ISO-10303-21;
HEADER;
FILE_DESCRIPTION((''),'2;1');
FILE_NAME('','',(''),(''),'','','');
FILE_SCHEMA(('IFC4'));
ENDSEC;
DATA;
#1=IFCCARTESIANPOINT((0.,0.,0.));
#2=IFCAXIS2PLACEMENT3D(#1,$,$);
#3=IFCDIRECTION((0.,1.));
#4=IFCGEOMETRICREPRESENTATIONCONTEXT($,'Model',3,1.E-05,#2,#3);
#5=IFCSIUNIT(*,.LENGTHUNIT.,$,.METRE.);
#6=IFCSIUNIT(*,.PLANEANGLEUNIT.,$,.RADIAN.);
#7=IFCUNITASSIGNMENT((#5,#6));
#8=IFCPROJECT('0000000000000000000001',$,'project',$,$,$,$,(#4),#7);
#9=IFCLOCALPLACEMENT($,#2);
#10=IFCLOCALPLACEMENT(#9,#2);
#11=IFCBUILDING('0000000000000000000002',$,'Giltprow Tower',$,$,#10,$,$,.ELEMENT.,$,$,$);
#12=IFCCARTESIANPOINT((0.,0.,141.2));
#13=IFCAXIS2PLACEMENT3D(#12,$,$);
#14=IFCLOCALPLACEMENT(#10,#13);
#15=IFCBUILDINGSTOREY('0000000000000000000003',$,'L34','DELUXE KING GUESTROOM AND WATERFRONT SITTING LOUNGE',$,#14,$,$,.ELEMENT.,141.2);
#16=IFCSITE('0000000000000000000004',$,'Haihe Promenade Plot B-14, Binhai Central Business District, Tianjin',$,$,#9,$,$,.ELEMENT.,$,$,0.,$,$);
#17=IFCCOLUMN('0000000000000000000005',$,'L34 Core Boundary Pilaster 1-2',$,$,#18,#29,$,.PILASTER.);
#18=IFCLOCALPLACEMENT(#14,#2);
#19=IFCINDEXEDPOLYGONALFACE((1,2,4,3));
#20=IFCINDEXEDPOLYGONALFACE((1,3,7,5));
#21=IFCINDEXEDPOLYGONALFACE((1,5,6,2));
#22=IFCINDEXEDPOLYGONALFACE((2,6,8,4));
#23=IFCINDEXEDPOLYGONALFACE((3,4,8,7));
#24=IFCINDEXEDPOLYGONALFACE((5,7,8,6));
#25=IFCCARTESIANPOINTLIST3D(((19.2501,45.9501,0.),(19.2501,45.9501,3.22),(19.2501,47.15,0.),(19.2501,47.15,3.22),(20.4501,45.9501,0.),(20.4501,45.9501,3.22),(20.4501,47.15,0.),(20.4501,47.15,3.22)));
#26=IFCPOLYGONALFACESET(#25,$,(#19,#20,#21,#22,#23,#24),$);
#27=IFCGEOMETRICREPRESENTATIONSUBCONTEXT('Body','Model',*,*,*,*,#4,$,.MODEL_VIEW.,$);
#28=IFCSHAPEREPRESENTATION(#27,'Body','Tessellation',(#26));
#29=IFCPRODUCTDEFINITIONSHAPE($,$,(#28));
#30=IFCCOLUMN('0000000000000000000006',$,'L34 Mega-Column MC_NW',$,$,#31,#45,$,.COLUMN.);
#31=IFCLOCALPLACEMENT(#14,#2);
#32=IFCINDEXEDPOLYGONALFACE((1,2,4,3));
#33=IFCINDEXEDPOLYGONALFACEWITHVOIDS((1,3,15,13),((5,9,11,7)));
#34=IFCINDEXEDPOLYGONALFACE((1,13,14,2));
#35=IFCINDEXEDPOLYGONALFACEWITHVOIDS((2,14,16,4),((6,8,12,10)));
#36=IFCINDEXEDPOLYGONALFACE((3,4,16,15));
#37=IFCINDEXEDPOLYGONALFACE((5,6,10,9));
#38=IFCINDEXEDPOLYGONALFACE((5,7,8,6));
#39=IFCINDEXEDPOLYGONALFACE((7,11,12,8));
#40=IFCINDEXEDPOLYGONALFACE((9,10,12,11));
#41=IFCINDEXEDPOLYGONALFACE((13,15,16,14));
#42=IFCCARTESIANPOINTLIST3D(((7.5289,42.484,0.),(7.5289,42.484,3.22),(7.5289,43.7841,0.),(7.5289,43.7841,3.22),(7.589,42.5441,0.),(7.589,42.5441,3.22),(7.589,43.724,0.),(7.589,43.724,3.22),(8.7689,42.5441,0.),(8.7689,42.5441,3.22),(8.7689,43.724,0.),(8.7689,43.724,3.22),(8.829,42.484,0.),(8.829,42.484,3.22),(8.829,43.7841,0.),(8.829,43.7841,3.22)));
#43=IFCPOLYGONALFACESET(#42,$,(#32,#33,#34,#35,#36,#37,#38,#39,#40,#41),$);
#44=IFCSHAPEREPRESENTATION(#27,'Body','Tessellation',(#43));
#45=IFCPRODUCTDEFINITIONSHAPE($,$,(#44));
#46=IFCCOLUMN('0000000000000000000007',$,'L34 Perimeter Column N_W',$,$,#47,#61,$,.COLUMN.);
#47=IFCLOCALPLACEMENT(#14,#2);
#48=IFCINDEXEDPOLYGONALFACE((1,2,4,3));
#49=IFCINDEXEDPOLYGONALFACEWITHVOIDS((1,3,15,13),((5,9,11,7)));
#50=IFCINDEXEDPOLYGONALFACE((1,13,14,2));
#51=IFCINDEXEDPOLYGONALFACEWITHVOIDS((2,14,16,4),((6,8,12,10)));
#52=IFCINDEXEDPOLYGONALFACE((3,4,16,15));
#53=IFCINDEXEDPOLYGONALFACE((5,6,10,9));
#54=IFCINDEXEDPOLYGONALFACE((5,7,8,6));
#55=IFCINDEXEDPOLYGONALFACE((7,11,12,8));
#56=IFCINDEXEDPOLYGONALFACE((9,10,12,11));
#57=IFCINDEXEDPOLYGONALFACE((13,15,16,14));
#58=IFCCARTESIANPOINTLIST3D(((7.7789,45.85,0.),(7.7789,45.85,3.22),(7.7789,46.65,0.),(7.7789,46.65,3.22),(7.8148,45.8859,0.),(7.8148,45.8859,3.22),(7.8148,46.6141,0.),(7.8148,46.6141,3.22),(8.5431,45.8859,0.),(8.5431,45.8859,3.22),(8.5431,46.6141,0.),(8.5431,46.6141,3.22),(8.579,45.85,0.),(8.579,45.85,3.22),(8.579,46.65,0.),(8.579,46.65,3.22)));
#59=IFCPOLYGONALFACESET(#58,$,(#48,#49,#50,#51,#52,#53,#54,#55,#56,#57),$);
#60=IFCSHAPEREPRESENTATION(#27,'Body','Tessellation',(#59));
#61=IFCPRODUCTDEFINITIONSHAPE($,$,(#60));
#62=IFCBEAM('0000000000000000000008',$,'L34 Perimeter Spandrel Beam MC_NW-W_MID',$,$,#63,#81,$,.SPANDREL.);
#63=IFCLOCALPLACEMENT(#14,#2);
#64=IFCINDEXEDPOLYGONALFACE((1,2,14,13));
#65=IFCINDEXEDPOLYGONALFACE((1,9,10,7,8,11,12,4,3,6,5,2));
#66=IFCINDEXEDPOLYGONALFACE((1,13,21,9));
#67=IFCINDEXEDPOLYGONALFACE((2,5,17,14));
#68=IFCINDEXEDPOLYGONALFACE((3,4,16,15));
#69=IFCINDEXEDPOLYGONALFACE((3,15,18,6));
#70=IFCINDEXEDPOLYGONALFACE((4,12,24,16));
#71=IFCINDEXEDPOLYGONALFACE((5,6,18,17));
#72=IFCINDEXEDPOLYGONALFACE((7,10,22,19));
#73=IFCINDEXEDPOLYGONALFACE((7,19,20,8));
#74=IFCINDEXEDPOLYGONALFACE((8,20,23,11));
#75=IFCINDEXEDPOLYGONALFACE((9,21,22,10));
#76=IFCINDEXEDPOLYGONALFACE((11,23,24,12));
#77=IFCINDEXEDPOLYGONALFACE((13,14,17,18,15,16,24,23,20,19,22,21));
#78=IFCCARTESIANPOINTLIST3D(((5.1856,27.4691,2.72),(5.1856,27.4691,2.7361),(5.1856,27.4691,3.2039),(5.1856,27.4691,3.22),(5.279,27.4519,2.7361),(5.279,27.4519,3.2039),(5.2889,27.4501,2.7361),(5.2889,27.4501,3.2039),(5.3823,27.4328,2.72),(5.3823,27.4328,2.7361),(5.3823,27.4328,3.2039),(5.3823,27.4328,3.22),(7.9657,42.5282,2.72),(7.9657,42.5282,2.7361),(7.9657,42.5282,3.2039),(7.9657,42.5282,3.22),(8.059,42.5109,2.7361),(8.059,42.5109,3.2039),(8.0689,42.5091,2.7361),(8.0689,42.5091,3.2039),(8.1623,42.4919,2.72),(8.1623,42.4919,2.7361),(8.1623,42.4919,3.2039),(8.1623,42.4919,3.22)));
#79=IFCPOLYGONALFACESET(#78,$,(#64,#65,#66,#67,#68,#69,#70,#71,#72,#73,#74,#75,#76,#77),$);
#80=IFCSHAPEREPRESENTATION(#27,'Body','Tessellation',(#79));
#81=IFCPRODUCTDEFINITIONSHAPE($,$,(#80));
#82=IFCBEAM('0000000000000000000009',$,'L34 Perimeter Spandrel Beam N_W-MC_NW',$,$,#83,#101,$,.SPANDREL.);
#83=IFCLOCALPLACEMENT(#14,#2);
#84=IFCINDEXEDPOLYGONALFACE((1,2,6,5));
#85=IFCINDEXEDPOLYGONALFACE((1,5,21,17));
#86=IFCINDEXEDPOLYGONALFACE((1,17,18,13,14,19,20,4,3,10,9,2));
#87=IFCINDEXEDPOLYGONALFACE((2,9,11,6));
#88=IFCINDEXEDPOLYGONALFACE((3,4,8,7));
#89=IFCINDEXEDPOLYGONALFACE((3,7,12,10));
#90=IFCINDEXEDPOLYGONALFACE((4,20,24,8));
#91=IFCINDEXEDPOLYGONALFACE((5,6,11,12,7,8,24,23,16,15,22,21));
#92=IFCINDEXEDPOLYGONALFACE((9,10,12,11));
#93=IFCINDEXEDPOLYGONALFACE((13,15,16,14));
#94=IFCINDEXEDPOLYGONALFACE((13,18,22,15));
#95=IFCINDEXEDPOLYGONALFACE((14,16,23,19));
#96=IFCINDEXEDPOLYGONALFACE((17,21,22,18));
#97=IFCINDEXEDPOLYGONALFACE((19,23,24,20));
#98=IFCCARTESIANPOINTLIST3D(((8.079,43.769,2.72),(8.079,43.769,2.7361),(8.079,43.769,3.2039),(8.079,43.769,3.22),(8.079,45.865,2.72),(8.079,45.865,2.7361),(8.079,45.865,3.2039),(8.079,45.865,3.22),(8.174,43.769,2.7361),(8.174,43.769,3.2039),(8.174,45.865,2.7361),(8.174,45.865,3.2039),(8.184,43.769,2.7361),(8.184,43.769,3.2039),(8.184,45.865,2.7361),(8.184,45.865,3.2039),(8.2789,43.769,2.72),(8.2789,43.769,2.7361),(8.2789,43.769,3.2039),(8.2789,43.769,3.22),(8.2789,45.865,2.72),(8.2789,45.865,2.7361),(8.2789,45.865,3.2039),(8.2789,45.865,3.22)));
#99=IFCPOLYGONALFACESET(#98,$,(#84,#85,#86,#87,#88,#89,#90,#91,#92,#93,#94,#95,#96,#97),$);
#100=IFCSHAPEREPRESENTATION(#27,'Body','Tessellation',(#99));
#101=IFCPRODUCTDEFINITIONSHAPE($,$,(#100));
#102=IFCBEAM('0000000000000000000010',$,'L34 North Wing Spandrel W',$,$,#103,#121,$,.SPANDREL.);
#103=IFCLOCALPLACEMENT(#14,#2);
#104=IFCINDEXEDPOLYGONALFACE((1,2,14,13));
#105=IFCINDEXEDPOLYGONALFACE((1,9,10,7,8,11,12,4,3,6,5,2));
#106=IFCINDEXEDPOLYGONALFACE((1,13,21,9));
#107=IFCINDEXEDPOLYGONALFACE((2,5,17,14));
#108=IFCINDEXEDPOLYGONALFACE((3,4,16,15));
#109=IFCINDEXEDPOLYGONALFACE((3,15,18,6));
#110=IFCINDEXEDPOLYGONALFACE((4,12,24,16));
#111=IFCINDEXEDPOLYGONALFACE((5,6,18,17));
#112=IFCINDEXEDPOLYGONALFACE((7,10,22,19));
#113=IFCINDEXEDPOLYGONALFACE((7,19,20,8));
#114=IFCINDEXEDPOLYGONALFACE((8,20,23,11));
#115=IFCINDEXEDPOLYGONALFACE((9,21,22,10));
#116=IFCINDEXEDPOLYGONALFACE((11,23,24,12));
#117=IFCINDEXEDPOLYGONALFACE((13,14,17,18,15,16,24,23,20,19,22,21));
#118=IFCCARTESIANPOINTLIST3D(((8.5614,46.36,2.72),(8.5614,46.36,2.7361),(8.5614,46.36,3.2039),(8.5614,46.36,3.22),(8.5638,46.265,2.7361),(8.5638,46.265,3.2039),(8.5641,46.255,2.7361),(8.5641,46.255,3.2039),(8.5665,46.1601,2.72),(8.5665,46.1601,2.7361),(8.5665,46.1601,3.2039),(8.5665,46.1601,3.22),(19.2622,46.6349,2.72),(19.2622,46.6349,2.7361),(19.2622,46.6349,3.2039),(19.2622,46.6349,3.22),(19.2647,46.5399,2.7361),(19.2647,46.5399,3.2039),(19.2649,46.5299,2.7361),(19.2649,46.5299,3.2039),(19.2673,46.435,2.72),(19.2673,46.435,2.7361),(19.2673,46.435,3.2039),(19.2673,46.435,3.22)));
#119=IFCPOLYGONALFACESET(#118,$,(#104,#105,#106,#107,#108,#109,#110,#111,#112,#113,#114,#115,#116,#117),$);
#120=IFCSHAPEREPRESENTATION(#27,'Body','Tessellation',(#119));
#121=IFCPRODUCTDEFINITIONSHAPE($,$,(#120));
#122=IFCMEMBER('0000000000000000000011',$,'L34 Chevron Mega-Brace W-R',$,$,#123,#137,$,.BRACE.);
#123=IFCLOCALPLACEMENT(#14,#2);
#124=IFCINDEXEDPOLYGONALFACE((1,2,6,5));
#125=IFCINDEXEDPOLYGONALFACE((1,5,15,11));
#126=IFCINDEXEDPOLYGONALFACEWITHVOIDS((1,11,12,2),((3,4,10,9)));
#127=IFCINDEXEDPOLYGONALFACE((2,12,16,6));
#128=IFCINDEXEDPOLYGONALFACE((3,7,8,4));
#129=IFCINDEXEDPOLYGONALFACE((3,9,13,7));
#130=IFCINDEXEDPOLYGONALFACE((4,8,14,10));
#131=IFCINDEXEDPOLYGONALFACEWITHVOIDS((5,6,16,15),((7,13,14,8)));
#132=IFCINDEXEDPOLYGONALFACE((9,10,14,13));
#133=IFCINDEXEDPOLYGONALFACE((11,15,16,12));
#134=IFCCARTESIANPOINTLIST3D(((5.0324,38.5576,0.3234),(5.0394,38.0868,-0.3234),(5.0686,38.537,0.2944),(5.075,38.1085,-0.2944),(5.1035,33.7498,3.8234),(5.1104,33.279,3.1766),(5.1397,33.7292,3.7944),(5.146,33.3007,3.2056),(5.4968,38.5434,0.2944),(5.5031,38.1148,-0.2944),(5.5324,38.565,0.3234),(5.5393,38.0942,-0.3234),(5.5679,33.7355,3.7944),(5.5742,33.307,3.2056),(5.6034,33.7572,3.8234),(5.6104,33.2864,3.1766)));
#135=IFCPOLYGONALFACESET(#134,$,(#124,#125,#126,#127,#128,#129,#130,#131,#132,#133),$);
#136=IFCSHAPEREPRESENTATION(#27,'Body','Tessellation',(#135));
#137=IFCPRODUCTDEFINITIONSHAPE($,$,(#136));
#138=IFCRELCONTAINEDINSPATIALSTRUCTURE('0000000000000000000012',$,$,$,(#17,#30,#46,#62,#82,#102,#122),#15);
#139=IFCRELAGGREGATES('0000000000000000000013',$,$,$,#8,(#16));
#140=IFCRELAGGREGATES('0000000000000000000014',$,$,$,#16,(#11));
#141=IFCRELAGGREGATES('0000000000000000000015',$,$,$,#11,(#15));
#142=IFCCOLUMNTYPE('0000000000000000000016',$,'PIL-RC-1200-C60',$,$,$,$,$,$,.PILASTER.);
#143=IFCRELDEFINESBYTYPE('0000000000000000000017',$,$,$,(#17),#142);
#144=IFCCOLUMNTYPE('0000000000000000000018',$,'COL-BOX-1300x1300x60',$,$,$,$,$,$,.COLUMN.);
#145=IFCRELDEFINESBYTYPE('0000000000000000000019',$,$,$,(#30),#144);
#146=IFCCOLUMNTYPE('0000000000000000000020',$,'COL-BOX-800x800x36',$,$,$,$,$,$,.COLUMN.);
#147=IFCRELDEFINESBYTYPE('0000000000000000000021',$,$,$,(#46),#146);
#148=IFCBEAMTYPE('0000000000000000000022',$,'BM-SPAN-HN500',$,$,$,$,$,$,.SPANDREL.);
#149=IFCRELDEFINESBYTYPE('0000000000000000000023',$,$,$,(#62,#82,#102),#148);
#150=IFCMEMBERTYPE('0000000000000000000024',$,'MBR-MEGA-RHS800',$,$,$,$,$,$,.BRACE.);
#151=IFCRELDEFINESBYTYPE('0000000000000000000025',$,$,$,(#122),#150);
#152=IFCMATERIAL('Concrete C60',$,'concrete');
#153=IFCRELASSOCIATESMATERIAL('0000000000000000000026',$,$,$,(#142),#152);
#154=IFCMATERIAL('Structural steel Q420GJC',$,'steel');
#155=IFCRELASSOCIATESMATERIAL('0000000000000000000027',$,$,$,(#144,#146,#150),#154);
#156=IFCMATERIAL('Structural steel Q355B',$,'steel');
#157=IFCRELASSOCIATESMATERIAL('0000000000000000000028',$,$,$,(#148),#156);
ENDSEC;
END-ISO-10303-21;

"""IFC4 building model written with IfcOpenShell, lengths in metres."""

from ifc_helpers import new_model, si_unit, direction, frame, origin, origin_2d, place, context, subcontext, project, spatial, rectangle, hollow_rectangle, i_section, extrude, source, transform, mapped, material, material_profile, profile_set, type_object, element, save


model = new_model("IFC4")

# Units and contexts
model_context = context("Model", 3, precision=1e-05, world=origin(), true_north=direction((0.0, 1.0)))
body_context = subcontext(model_context, "Body", "Model", "MODEL_VIEW")
ifc_project = project(units=[si_unit("LENGTHUNIT", "METRE"), si_unit("PLANEANGLEUNIT", "RADIAN")], contexts=[model_context])

# Site, building, storey
site_placement = place(None, origin())
site = spatial("IfcSite", under=ifc_project, at=site_placement, Name="Haihe Promenade Plot B-14, Binhai Central Business District, Tianjin", CompositionType="ELEMENT", RefElevation=0.0)
building_placement = place(site_placement, origin())
building = spatial("IfcBuilding", under=site, at=building_placement, Name="Giltprow Tower", CompositionType="ELEMENT")
storey_placement = place(building_placement, frame((0.0, 0.0, 141.2)))
storey = spatial("IfcBuildingStorey", under=building, at=storey_placement, Name="L34", Description="DELUXE KING GUESTROOM AND WATERFRONT SITTING LOUNGE", CompositionType="ELEMENT", Elevation=141.2)

# Columns
ifc_material_1 = material(Name="Concrete C60", Category="concrete")
ifc_material_profile_1 = material_profile(ifc_material_1, rectangle(XDim=1.2, YDim=1.2, at=origin_2d()), Name="RC 1200x1200")
ifc_profile_set_1 = profile_set([ifc_material_profile_1], Name="Concrete C60")
column_type_1 = type_object("IfcColumnType", Name="PIL-RC-1200-C60", PredefinedType="PILASTER", material=ifc_profile_set_1)
shared_shape_1 = source(origin(), body_context, "Body", "SweptSolid", [
    extrude(rectangle(XDim=1.2, YDim=1.2, at=origin_2d()), origin(), (0.0, 0.0, 1.0), 3.22),
])
column_1_placement = place(storey_placement, frame((19.8501, 46.55, 0.0), z_axis=(0.0, 0.0, 1.0), x_axis=(1.0, 0.0, 0.0)))
element("IfcColumn", 1, at=column_1_placement, inside=storey, type_object=column_type_1, Name="L34 Core Boundary Pilaster 1-2", PredefinedType="PILASTER", context=body_context, shape_type="MappedRepresentation", body=[
    mapped(shared_shape_1, transform((0.0, 0.0, 0.0), x_axis=(1.0, 0.0, 0.0), y_axis=(0.0, 1.0, 0.0), z_axis=(0.0, 0.0, 1.0), scale=1.0)),
])
ifc_material_2 = material(Name="Structural steel Q420GJC", Category="steel")
ifc_material_profile_2 = material_profile(ifc_material_2, hollow_rectangle(XDim=1.3, YDim=1.3, WallThickness=0.0601, at=origin_2d()), Name="BOX 1300x1300x60")
ifc_profile_set_2 = profile_set([ifc_material_profile_2], Name="Structural steel Q420GJC")
column_type_2 = type_object("IfcColumnType", Name="COL-BOX-1300x1300x60", PredefinedType="COLUMN", material=ifc_profile_set_2)
shared_shape_2 = source(origin(), body_context, "Body", "SweptSolid", [
    extrude(hollow_rectangle(XDim=1.3, YDim=1.3, WallThickness=0.0601, at=origin_2d()), origin(), (0.0, 0.0, 1.0), 3.22),
])
column_2_placement = place(storey_placement, frame((8.179, 43.134, 0.0), z_axis=(0.0, 0.0, 1.0), x_axis=(1.0, 0.0, 0.0)))
element("IfcColumn", 2, at=column_2_placement, inside=storey, type_object=column_type_2, Name="L34 Mega-Column MC_NW", PredefinedType="COLUMN", context=body_context, shape_type="MappedRepresentation", body=[
    mapped(shared_shape_2, transform((0.0, 0.0, 0.0), x_axis=(1.0, 0.0, 0.0), y_axis=(0.0, 1.0, 0.0), z_axis=(0.0, 0.0, 1.0), scale=1.0)),
])
ifc_material_profile_3 = material_profile(ifc_material_2, hollow_rectangle(XDim=0.8, YDim=0.8, WallThickness=0.0359, at=origin_2d()), Name="BOX 800x800x36")
ifc_profile_set_3 = profile_set([ifc_material_profile_3], Name="Structural steel Q420GJC")
column_type_3 = type_object("IfcColumnType", Name="COL-BOX-800x800x36", PredefinedType="COLUMN", material=ifc_profile_set_3)
shared_shape_3 = source(origin(), body_context, "Body", "SweptSolid", [
    extrude(hollow_rectangle(XDim=0.8, YDim=0.8, WallThickness=0.0359, at=origin_2d()), origin(), (0.0, 0.0, 1.0), 3.22),
])
column_3_placement = place(storey_placement, frame((8.179, 46.25, 0.0), z_axis=(0.0, 0.0, 1.0), x_axis=(1.0, 0.0, 0.0)))
element("IfcColumn", 3, at=column_3_placement, inside=storey, type_object=column_type_3, Name="L34 Perimeter Column N_W", PredefinedType="COLUMN", context=body_context, shape_type="MappedRepresentation", body=[
    mapped(shared_shape_3, transform((0.0, 0.0, 0.0), x_axis=(1.0, 0.0, 0.0), y_axis=(0.0, 1.0, 0.0), z_axis=(0.0, 0.0, 1.0), scale=1.0)),
])

# Beams
ifc_material_3 = material(Name="Structural steel Q355B", Category="steel")
ifc_material_profile_4 = material_profile(ifc_material_3, i_section(OverallWidth=0.2, OverallDepth=0.5, WebThickness=0.01, FlangeThickness=0.0161, at=origin_2d()), Name="HN 500x200x10x16")
ifc_profile_set_4 = profile_set([ifc_material_profile_4], Name="Structural steel Q355B")
beam_type = type_object("IfcBeamType", Name="BM-SPAN-HN500", PredefinedType="SPANDREL", material=ifc_profile_set_4)
shared_shape_4 = source(origin(), body_context, "Body", "SweptSolid", [
    extrude(i_section(OverallWidth=0.2, OverallDepth=0.5, WebThickness=0.01, FlangeThickness=0.0161, at=origin_2d()), origin(), (0.0, 0.0, 1.0), 15.3135),
])
beam_1_placement = place(storey_placement, frame((8.064, 42.51, 2.97), z_axis=(-0.181541, -0.983383, 0.0), x_axis=(0.983383, -0.181541, 0.0)))
element("IfcBeam", 4, at=beam_1_placement, inside=storey, type_object=beam_type, Name="L34 Perimeter Spandrel Beam MC_NW-W_MID", PredefinedType="SPANDREL", context=body_context, shape_type="MappedRepresentation", body=[
    mapped(shared_shape_4, transform((0.0, 0.0, 0.0), x_axis=(1.0, 0.0, 0.0), y_axis=(0.0, 1.0, 0.0), z_axis=(0.0, 0.0, 1.0), scale=1.0)),
])
shared_shape_5 = source(origin(), body_context, "Body", "SweptSolid", [
    extrude(i_section(OverallWidth=0.2, OverallDepth=0.5, WebThickness=0.01, FlangeThickness=0.0161, at=origin_2d()), origin(), (0.0, 0.0, 1.0), 2.0959),
])
beam_2_placement = place(storey_placement, frame((8.179, 45.865, 2.97), z_axis=(0.0, -1.0, 0.0), x_axis=(1.0, 0.0, 0.0)))
element("IfcBeam", 5, at=beam_2_placement, inside=storey, type_object=beam_type, Name="L34 Perimeter Spandrel Beam N_W-MC_NW", PredefinedType="SPANDREL", context=body_context, shape_type="MappedRepresentation", body=[
    mapped(shared_shape_5, transform((0.0, 0.0, 0.0), x_axis=(1.0, 0.0, 0.0), y_axis=(0.0, 1.0, 0.0), z_axis=(0.0, 0.0, 1.0), scale=1.0)),
])
shared_shape_6 = source(origin(), body_context, "Body", "SweptSolid", [
    extrude(i_section(OverallWidth=0.2, OverallDepth=0.5, WebThickness=0.01, FlangeThickness=0.0161, at=origin_2d()), origin(), (0.0, 0.0, 1.0), 10.7043),
])
beam_3_placement = place(storey_placement, frame((8.564, 46.26, 2.97), z_axis=(0.99967, 0.025681, 0.0), x_axis=(-0.025681, 0.99967, 0.0)))
element("IfcBeam", 6, at=beam_3_placement, inside=storey, type_object=beam_type, Name="L34 North Wing Spandrel W", PredefinedType="SPANDREL", context=body_context, shape_type="MappedRepresentation", body=[
    mapped(shared_shape_6, transform((0.0, 0.0, 0.0), x_axis=(1.0, 0.0, 0.0), y_axis=(0.0, 1.0, 0.0), z_axis=(0.0, 0.0, 1.0), scale=1.0)),
])

# Member
ifc_material_profile_5 = material_profile(ifc_material_2, hollow_rectangle(XDim=0.5, YDim=0.8, WallThickness=0.0359, at=origin_2d()), Name="RHS 800x500x36")
ifc_profile_set_5 = profile_set([ifc_material_profile_5], Name="Structural steel Q420GJC")
member_type = type_object("IfcMemberType", Name="MBR-MEGA-RHS800", PredefinedType="BRACE", material=ifc_profile_set_5)
shared_shape_7 = source(origin(), body_context, "Body", "SweptSolid", [
    extrude(hollow_rectangle(XDim=0.5, YDim=0.8, WallThickness=0.0359, at=origin_2d()), origin(), (0.0, 0.0, 1.0), 5.9473),
])
member_placement = place(storey_placement, frame((5.2859, 38.3259, 0.0), z_axis=(0.011946, -0.808408, 0.588501), x_axis=(0.999891, 0.014775, 0.0)))
element("IfcMember", 7, at=member_placement, inside=storey, type_object=member_type, Name="L34 Chevron Mega-Brace W-R", PredefinedType="BRACE", context=body_context, shape_type="MappedRepresentation", body=[
    mapped(shared_shape_7, transform((0.0, 0.0, 0.0), x_axis=(1.0, 0.0, 0.0), y_axis=(0.0, 1.0, 0.0), z_axis=(0.0, 0.0, 1.0), scale=1.0)),
])

save(model, "model.ifc")
